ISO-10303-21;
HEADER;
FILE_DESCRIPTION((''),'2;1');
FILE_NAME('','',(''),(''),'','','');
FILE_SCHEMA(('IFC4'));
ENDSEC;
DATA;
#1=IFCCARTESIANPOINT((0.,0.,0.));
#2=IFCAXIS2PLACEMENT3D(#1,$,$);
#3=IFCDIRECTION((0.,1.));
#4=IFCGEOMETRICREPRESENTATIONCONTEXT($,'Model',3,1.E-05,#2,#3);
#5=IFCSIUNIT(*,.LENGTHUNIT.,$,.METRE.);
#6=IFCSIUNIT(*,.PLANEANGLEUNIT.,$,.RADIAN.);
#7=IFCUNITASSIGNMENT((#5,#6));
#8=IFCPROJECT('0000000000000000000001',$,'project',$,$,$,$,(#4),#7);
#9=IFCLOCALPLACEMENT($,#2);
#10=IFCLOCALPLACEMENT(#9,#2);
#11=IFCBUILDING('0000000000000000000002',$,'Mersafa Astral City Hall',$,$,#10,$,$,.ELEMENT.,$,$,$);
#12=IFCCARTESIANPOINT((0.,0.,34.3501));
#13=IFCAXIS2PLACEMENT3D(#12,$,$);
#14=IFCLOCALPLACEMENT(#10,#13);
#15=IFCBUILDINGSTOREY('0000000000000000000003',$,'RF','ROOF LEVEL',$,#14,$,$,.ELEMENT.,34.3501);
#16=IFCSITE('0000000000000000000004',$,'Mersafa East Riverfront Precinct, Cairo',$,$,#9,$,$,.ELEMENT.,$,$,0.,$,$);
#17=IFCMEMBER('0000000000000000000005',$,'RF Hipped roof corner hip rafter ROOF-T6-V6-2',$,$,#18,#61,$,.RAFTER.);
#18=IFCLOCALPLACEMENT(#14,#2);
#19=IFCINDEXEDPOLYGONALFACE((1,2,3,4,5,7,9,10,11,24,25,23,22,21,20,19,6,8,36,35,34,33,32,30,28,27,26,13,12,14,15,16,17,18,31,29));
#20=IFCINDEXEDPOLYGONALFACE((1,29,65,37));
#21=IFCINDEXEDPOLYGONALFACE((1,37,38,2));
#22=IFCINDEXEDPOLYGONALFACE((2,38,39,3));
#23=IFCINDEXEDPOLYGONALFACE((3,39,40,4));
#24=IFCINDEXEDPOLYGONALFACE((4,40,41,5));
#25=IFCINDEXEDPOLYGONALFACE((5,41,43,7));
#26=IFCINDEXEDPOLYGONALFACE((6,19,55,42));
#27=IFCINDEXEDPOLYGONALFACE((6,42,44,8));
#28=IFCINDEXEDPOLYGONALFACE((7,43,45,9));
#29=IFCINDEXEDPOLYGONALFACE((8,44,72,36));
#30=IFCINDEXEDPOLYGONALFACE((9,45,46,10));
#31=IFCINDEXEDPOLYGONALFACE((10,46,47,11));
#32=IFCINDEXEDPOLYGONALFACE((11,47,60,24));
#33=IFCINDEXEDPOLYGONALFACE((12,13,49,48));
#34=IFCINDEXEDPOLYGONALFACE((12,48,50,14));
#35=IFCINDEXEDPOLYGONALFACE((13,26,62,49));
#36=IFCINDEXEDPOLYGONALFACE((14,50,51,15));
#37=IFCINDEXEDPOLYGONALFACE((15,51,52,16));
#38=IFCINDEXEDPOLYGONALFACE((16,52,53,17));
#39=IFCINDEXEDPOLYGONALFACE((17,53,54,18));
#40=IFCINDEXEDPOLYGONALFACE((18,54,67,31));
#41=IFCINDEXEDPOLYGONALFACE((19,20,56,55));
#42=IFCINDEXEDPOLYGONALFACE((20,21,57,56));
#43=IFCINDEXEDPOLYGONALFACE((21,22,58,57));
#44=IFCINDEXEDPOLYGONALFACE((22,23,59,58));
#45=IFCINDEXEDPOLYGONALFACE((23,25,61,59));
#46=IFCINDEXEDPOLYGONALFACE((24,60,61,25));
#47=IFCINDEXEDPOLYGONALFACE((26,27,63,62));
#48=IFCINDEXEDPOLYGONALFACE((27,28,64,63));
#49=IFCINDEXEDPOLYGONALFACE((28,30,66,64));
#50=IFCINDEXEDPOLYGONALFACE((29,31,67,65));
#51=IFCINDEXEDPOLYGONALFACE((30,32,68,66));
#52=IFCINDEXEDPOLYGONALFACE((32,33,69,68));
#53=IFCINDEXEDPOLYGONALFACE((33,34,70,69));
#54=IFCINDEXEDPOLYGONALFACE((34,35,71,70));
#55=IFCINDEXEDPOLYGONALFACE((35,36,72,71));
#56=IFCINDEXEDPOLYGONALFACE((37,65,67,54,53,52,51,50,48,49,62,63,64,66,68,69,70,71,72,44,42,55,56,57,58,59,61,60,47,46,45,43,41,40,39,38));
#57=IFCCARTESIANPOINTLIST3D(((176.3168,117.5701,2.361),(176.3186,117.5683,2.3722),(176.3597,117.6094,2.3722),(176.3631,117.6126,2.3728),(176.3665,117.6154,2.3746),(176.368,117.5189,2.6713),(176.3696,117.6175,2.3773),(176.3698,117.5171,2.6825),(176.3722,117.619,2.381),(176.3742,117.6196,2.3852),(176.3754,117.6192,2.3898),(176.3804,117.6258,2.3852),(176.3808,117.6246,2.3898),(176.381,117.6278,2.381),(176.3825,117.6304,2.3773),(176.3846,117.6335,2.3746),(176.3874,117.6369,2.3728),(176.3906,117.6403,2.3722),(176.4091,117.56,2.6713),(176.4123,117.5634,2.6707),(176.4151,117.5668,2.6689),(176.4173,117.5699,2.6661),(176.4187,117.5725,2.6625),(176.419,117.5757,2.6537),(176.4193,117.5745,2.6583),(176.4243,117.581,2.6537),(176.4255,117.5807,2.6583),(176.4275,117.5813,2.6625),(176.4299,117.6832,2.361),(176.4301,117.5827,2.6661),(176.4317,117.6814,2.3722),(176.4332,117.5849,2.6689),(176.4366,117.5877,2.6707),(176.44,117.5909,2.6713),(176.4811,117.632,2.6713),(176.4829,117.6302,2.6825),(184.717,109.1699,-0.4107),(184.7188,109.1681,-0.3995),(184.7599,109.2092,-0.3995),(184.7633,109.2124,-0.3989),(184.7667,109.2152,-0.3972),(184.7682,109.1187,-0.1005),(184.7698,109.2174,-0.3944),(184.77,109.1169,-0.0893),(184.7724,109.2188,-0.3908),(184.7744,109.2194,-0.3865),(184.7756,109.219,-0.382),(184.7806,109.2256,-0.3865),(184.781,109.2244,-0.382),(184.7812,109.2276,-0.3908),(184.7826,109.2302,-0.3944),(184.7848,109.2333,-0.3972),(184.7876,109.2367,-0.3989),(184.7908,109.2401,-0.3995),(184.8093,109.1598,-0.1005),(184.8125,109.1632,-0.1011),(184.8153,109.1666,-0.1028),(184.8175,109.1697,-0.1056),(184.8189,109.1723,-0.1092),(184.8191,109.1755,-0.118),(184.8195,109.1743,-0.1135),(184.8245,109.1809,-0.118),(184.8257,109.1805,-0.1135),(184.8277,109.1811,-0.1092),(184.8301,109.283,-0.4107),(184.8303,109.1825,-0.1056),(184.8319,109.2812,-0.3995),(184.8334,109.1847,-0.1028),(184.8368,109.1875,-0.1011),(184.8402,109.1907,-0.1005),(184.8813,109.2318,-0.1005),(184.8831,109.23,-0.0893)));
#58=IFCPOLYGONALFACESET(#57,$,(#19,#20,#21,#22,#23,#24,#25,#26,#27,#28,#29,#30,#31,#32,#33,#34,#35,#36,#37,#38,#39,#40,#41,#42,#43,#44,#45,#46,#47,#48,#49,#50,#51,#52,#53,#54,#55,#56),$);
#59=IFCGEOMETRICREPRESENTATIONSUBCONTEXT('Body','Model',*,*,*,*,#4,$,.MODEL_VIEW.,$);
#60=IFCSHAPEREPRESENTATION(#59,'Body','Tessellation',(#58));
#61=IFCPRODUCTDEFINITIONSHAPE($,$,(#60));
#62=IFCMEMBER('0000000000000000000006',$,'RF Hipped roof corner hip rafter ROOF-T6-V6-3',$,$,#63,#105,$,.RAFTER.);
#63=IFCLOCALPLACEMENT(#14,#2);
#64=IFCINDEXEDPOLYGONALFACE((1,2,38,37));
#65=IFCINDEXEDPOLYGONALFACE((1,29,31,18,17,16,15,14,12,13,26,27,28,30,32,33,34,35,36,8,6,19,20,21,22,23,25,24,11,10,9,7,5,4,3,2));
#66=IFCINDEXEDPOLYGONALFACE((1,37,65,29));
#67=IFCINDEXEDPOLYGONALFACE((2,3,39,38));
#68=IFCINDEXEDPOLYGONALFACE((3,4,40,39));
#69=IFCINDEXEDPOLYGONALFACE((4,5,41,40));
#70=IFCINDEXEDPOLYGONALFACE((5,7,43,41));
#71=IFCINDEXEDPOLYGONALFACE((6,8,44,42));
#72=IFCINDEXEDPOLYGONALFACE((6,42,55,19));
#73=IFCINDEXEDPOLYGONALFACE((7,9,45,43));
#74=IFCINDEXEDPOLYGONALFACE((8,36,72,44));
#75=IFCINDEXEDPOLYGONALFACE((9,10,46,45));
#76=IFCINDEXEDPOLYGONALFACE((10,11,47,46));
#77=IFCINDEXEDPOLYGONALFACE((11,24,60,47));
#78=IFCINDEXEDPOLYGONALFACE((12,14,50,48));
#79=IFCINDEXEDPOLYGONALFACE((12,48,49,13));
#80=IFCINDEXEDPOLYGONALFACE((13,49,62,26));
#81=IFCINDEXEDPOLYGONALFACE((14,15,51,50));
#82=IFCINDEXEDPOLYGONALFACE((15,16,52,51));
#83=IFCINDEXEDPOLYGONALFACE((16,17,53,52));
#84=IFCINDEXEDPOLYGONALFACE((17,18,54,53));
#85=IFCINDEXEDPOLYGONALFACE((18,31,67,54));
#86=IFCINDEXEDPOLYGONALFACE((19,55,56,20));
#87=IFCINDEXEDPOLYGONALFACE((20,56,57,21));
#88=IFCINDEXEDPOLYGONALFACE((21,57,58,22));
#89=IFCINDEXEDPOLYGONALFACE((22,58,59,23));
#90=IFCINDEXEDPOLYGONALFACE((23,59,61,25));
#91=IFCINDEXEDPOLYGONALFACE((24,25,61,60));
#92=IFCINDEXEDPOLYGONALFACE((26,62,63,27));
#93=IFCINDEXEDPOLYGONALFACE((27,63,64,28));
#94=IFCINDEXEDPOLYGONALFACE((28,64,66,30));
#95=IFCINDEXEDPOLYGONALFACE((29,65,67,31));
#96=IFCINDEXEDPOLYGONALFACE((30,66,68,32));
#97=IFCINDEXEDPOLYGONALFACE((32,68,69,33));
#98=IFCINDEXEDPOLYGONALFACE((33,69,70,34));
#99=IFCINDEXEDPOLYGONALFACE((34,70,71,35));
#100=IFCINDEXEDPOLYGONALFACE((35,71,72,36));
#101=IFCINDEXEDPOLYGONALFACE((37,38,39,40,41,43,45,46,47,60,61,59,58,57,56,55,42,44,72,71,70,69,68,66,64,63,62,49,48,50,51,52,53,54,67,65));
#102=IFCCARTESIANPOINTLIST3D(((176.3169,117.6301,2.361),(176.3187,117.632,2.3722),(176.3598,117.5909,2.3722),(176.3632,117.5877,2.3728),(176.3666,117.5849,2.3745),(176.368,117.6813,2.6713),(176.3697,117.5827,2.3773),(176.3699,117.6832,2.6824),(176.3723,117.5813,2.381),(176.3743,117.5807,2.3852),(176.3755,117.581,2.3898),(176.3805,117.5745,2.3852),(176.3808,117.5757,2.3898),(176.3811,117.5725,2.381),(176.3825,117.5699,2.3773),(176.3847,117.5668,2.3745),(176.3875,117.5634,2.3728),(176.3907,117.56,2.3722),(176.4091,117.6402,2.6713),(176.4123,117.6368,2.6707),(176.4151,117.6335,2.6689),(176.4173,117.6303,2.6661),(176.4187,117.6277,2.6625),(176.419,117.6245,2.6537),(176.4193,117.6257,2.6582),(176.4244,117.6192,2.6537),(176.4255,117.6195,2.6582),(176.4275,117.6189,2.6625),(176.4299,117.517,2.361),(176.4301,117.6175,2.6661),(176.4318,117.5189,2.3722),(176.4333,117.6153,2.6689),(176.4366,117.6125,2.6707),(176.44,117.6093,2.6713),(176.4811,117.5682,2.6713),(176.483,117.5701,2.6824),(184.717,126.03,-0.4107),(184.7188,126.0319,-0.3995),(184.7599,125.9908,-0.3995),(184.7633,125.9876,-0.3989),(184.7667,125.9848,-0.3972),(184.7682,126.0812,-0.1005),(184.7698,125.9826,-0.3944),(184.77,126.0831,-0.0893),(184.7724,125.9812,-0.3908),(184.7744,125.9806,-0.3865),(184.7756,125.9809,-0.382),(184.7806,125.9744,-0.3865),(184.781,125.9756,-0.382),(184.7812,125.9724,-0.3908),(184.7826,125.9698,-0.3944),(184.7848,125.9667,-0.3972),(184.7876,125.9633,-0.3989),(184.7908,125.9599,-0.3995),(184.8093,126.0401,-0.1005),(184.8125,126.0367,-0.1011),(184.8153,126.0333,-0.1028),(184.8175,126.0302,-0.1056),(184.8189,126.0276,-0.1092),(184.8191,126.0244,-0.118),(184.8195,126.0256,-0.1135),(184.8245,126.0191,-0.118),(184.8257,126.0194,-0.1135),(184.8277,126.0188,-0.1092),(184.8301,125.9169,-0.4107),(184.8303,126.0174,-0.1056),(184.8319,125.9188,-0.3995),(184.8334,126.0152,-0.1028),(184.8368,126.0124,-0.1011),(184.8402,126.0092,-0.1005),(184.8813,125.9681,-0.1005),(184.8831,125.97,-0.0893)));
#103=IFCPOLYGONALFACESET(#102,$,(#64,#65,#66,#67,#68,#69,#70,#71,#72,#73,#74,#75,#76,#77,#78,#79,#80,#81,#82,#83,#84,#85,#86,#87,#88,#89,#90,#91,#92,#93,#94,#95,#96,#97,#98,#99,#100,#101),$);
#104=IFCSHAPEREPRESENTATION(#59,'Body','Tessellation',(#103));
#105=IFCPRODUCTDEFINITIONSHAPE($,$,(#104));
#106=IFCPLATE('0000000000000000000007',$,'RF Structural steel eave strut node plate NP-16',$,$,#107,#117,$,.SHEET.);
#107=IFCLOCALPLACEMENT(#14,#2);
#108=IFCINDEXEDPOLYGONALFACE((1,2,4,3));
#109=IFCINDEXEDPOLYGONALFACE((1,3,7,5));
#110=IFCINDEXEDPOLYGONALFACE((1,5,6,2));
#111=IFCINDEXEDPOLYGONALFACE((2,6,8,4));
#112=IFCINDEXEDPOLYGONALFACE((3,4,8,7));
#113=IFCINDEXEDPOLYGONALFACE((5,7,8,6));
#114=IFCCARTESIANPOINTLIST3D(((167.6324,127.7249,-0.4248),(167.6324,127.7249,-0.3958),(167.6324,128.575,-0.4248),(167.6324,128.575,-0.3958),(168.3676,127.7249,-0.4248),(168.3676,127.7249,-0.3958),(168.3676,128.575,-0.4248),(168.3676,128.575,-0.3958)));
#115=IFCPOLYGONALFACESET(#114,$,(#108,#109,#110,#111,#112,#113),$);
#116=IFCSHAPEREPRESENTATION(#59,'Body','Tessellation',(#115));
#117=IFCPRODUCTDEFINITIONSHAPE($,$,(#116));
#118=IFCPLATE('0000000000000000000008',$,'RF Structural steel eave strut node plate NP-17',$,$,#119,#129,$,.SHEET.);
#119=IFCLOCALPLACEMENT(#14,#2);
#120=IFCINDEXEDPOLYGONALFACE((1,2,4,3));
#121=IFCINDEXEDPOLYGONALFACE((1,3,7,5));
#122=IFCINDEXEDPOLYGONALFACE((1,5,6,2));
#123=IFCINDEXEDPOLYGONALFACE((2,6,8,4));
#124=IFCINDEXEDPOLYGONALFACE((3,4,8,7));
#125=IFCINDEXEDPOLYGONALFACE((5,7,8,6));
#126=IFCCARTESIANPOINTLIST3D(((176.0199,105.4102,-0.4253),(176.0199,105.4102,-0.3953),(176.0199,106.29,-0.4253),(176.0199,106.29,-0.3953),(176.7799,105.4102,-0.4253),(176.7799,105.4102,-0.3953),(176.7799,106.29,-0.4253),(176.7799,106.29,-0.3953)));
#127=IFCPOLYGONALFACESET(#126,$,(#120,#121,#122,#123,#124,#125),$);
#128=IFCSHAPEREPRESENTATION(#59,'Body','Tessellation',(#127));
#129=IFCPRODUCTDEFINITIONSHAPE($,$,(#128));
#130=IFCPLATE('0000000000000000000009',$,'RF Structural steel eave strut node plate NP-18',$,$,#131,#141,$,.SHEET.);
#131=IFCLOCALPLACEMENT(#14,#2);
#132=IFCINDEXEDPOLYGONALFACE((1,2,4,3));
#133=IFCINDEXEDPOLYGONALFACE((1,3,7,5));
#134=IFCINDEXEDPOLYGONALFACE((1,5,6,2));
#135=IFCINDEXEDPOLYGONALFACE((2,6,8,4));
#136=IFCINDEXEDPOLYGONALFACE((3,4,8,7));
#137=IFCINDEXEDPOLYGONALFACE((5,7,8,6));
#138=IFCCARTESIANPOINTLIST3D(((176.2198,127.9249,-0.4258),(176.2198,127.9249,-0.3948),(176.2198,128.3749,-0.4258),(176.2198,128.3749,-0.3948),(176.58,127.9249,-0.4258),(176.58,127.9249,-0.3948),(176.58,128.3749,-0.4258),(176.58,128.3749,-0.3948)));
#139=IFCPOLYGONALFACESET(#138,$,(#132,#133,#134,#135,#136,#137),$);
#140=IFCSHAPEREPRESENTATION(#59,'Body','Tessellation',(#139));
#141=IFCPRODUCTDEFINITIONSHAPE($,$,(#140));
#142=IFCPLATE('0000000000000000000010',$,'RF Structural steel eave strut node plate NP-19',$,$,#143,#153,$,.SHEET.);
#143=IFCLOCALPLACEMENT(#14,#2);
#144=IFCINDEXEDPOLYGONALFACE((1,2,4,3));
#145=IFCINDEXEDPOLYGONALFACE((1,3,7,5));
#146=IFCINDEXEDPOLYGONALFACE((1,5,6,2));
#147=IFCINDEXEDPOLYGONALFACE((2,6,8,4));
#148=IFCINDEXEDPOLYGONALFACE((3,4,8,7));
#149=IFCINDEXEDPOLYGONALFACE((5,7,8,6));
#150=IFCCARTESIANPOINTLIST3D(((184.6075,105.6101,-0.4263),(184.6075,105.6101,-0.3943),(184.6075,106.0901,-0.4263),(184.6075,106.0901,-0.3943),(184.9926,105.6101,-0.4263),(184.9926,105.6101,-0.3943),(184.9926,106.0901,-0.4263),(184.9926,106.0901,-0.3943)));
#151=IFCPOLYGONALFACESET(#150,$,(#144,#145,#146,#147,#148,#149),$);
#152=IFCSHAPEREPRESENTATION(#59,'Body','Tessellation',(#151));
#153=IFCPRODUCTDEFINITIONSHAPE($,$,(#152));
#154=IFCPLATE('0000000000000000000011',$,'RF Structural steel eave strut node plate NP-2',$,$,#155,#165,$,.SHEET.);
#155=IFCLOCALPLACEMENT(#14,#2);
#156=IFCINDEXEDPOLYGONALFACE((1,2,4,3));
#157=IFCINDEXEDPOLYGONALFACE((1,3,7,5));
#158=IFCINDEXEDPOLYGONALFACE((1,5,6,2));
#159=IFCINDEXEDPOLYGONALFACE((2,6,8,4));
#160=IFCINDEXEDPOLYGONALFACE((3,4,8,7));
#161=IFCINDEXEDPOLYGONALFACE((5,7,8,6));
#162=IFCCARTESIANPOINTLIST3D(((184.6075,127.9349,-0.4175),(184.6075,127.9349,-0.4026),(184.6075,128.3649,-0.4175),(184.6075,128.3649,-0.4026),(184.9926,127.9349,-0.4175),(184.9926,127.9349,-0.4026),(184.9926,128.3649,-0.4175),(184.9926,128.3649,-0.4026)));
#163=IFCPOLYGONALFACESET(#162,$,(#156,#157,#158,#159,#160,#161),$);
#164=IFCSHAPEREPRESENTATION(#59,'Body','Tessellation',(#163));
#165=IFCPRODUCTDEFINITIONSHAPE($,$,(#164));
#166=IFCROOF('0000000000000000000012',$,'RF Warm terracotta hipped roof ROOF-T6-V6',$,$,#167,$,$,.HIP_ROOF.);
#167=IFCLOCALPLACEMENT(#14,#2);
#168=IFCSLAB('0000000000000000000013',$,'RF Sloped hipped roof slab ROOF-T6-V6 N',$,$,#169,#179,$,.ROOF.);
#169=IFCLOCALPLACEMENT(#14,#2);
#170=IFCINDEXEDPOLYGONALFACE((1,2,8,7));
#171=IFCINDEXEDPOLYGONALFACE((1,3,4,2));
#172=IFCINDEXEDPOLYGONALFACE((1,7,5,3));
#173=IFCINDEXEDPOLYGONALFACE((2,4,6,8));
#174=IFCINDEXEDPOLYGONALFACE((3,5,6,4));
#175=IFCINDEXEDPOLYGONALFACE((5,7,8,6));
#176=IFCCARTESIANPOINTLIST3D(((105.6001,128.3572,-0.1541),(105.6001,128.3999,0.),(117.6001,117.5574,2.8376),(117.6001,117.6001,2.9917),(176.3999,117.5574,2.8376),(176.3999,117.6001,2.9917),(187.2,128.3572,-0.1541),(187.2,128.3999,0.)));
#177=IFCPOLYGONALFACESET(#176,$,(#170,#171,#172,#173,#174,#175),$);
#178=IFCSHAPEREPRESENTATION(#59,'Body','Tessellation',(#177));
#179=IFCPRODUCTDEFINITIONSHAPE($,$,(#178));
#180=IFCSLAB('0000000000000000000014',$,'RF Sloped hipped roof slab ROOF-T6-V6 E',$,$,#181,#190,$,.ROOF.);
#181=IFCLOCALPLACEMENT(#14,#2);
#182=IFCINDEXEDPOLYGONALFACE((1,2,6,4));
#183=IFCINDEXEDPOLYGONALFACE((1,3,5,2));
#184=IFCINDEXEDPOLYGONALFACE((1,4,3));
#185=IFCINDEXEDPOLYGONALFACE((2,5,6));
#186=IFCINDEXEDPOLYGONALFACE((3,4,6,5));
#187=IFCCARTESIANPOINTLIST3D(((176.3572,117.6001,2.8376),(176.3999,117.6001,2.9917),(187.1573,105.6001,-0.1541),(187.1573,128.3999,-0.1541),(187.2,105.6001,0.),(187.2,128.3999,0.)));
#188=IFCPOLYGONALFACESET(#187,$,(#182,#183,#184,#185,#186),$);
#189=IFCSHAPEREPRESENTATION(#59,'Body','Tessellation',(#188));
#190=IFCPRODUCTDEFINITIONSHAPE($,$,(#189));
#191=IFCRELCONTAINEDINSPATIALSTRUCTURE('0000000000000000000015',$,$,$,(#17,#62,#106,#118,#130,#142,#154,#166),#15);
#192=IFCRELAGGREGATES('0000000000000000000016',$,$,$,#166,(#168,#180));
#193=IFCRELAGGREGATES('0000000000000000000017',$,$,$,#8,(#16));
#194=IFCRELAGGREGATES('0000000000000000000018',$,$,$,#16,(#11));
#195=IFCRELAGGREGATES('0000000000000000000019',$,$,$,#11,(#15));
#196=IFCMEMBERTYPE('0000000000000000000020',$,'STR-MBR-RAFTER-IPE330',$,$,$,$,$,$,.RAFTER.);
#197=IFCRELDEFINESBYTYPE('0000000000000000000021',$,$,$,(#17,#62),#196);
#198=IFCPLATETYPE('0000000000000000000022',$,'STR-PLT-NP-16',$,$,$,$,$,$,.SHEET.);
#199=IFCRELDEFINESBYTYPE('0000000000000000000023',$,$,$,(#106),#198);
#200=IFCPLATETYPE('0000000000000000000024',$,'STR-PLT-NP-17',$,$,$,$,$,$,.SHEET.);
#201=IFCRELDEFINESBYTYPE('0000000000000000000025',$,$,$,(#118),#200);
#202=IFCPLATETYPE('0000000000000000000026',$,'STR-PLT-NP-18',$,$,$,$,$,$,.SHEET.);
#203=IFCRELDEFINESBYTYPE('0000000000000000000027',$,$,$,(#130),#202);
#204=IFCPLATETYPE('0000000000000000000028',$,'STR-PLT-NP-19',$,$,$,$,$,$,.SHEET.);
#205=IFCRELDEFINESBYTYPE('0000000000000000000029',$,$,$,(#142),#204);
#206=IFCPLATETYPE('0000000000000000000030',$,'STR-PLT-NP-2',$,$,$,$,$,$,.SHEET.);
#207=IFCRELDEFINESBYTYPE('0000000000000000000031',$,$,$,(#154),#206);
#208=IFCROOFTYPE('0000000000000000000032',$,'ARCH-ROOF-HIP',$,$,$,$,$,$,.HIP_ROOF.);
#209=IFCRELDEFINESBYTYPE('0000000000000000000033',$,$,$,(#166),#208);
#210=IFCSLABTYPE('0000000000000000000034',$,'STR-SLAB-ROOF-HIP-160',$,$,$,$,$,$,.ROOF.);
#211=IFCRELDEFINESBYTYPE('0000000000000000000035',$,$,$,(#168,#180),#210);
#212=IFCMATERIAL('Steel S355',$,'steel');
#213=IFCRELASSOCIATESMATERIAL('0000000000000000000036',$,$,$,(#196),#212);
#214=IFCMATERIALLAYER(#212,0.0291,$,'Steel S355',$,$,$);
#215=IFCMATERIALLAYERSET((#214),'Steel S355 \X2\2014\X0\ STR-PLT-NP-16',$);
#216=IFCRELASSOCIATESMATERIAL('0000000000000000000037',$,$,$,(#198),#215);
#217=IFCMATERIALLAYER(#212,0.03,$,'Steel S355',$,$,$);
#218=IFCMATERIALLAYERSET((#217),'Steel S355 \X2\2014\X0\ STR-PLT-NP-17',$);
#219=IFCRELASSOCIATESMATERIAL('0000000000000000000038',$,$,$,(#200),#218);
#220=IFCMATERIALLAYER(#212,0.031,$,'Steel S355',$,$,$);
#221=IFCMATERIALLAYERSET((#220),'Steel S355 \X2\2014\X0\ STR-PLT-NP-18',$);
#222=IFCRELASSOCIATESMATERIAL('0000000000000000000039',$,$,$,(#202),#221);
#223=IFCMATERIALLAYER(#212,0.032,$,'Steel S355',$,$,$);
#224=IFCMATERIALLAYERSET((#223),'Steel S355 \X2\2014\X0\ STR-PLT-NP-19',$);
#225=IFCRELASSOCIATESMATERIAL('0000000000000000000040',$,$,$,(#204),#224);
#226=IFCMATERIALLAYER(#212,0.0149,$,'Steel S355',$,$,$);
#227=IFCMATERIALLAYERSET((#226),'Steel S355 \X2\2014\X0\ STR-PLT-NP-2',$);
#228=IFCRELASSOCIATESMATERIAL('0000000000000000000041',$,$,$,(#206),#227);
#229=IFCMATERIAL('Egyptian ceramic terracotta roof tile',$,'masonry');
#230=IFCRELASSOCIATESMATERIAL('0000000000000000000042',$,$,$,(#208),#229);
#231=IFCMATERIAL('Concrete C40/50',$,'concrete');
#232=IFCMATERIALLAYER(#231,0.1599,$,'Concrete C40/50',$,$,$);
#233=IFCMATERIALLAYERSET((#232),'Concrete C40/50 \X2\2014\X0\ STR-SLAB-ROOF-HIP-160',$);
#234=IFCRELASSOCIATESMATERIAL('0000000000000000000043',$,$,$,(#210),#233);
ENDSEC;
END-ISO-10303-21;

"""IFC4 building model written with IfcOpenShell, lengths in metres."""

from ifc_helpers import new_model, si_unit, direction, frame, origin, origin_2d, place, context, subcontext, project, spatial, polyline, rectangle, i_section, outline, extrude, material, layer, layer_set, material_profile, profile_set, type_object, element, aggregate, save


model = new_model("IFC4")

# Units and contexts
model_context = context("Model", 3, precision=1e-05, world=origin(), true_north=direction((0.0, 1.0)))
body_context = subcontext(model_context, "Body", "Model", "MODEL_VIEW")
ifc_project = project(units=[si_unit("LENGTHUNIT", "METRE"), si_unit("PLANEANGLEUNIT", "RADIAN")], contexts=[model_context])

# Site, building, storey
site_placement = place(None, origin())
site = spatial("IfcSite", under=ifc_project, at=site_placement, Name="Mersafa East Riverfront Precinct, Cairo", CompositionType="ELEMENT", RefElevation=0.0)
building_placement = place(site_placement, origin())
building = spatial("IfcBuilding", under=site, at=building_placement, Name="Mersafa Astral City Hall", CompositionType="ELEMENT")
storey_placement = place(building_placement, frame((0.0, 0.0, 34.3501)))
storey = spatial("IfcBuildingStorey", under=building, at=storey_placement, Name="RF", Description="ROOF LEVEL", CompositionType="ELEMENT", Elevation=34.3501)

# Shared definitions
ifc_material_1 = material(Name="Steel S355", Category="steel")

# Members
ifc_material_profile_1 = material_profile(ifc_material_1, i_section(OverallWidth=0.1599, OverallDepth=0.3301, WebThickness=0.0076, FlangeThickness=0.0115, FilletRadius=0.0181, at=origin_2d()), Name="IPE 330")
ifc_profile_set_1 = profile_set([ifc_material_profile_1], Name="Steel S355")
member_type = type_object("IfcMemberType", Name="STR-MBR-RAFTER-IPE330", PredefinedType="RAFTER", material=ifc_profile_set_1)
member_1_placement = place(storey_placement, frame((184.8, 109.2, -0.25), z_axis=(-0.688612, 0.688612, 0.227216), x_axis=(-0.707107, -0.707107, 0.0)))
element("IfcMember", 1, at=member_1_placement, inside=storey, type_object=member_type, Name="RF Hipped roof corner hip rafter ROOF-T6-V6-2", PredefinedType="RAFTER", context=body_context, shape_type="SweptSolid", body=[
    extrude(i_section(OverallWidth=0.1599, OverallDepth=0.3301, WebThickness=0.0076, FlangeThickness=0.0115, FilletRadius=0.0181, at=origin_2d()), origin(), (0.0, 0.0, 1.0), 12.1987),
])
member_2_placement = place(storey_placement, frame((184.8, 126.0, -0.25), z_axis=(-0.688622, -0.688601, 0.227219), x_axis=(0.707097, -0.707117, 0.0)))
element("IfcMember", 2, at=member_2_placement, inside=storey, type_object=member_type, Name="RF Hipped roof corner hip rafter ROOF-T6-V6-3", PredefinedType="RAFTER", context=body_context, shape_type="SweptSolid", body=[
    extrude(i_section(OverallWidth=0.1599, OverallDepth=0.3301, WebThickness=0.0076, FlangeThickness=0.0115, FilletRadius=0.0181, at=origin_2d()), origin(), (0.0, 0.0, 1.0), 12.1985),
])

# Plates
ifc_layer_1 = layer(ifc_material_1, 0.0291, Name="Steel S355")
ifc_layer_set_1 = layer_set([ifc_layer_1], Name="Steel S355 — STR-PLT-NP-16")
plate_type_1 = type_object("IfcPlateType", Name="STR-PLT-NP-16", PredefinedType="SHEET", material=ifc_layer_set_1)
plate_1_placement = place(storey_placement, frame((168.0, 128.1499, -0.4248), z_axis=(0.0, 0.0, 1.0), x_axis=(1.0, 0.0, 0.0)))
element("IfcPlate", 3, at=plate_1_placement, inside=storey, type_object=plate_type_1, Name="RF Structural steel eave strut node plate NP-16", PredefinedType="SHEET", context=body_context, shape_type="SweptSolid", body=[
    extrude(rectangle(XDim=0.7351, YDim=0.8501, at=origin_2d()), origin(), (0.0, 0.0, 1.0), 0.0291),
])
ifc_layer_2 = layer(ifc_material_1, 0.03, Name="Steel S355")
ifc_layer_set_2 = layer_set([ifc_layer_2], Name="Steel S355 — STR-PLT-NP-17")
plate_type_2 = type_object("IfcPlateType", Name="STR-PLT-NP-17", PredefinedType="SHEET", material=ifc_layer_set_2)
plate_2_placement = place(storey_placement, frame((176.3999, 105.8501, -0.4253), z_axis=(0.0, 0.0, 1.0), x_axis=(1.0, 0.0, 0.0)))
element("IfcPlate", 4, at=plate_2_placement, inside=storey, type_object=plate_type_2, Name="RF Structural steel eave strut node plate NP-17", PredefinedType="SHEET", context=body_context, shape_type="SweptSolid", body=[
    extrude(rectangle(XDim=0.76, YDim=0.8799, at=origin_2d()), origin(), (0.0, 0.0, 1.0), 0.03),
])
ifc_layer_3 = layer(ifc_material_1, 0.031, Name="Steel S355")
ifc_layer_set_3 = layer_set([ifc_layer_3], Name="Steel S355 — STR-PLT-NP-18")
plate_type_3 = type_object("IfcPlateType", Name="STR-PLT-NP-18", PredefinedType="SHEET", material=ifc_layer_set_3)
plate_3_placement = place(storey_placement, frame((176.3999, 128.1499, -0.4258), z_axis=(0.0, 0.0, 1.0), x_axis=(1.0, 0.0, 0.0)))
element("IfcPlate", 5, at=plate_3_placement, inside=storey, type_object=plate_type_3, Name="RF Structural steel eave strut node plate NP-18", PredefinedType="SHEET", context=body_context, shape_type="SweptSolid", body=[
    extrude(rectangle(XDim=0.3601, YDim=0.45, at=origin_2d()), origin(), (0.0, 0.0, 1.0), 0.031),
])
ifc_layer_4 = layer(ifc_material_1, 0.032, Name="Steel S355")
ifc_layer_set_4 = layer_set([ifc_layer_4], Name="Steel S355 — STR-PLT-NP-19")
plate_type_4 = type_object("IfcPlateType", Name="STR-PLT-NP-19", PredefinedType="SHEET", material=ifc_layer_set_4)
plate_4_placement = place(storey_placement, frame((184.8, 105.8501, -0.4263), z_axis=(0.0, 0.0, 1.0), x_axis=(1.0, 0.0, 0.0)))
element("IfcPlate", 6, at=plate_4_placement, inside=storey, type_object=plate_type_4, Name="RF Structural steel eave strut node plate NP-19", PredefinedType="SHEET", context=body_context, shape_type="SweptSolid", body=[
    extrude(rectangle(XDim=0.385, YDim=0.48, at=origin_2d()), origin(), (0.0, 0.0, 1.0), 0.032),
])
ifc_layer_5 = layer(ifc_material_1, 0.0149, Name="Steel S355")
ifc_layer_set_5 = layer_set([ifc_layer_5], Name="Steel S355 — STR-PLT-NP-2")
plate_type_5 = type_object("IfcPlateType", Name="STR-PLT-NP-2", PredefinedType="SHEET", material=ifc_layer_set_5)
plate_5_placement = place(storey_placement, frame((184.8, 128.1499, -0.4175), z_axis=(0.0, 0.0, 1.0), x_axis=(1.0, 0.0, 0.0)))
element("IfcPlate", 7, at=plate_5_placement, inside=storey, type_object=plate_type_5, Name="RF Structural steel eave strut node plate NP-2", PredefinedType="SHEET", context=body_context, shape_type="SweptSolid", body=[
    extrude(rectangle(XDim=0.385, YDim=0.4299, at=origin_2d()), origin(), (0.0, 0.0, 1.0), 0.0149),
])

# Roof, slabs
ifc_material_2 = material(Name="Egyptian ceramic terracotta roof tile", Category="masonry")
roof_type = type_object("IfcRoofType", Name="ARCH-ROOF-HIP", PredefinedType="HIP_ROOF", material=ifc_material_2)
roof_placement = place(storey_placement, origin())
roof = element("IfcRoof", 8, at=roof_placement, inside=storey, type_object=roof_type, Name="RF Warm terracotta hipped roof ROOF-T6-V6", PredefinedType="HIP_ROOF")
ifc_material_3 = material(Name="Concrete C40/50", Category="concrete")
ifc_layer_6 = layer(ifc_material_3, 0.1599, Name="Concrete C40/50")
ifc_layer_set_6 = layer_set([ifc_layer_6], Name="Concrete C40/50 — STR-SLAB-ROOF-HIP-160")
slab_type = type_object("IfcSlabType", Name="STR-SLAB-ROOF-HIP-160", PredefinedType="ROOF", material=ifc_layer_set_6)
slab_1_placement = place(storey_placement, frame((187.2, 128.3999, 0.0), z_axis=(0.0, 0.266961, 0.963707), x_axis=(-1.0, 0.0, 0.0)))
slab_1 = element("IfcSlab", 9, at=slab_1_placement, type_object=slab_type, Name="RF Sloped hipped roof slab ROOF-T6-V6 N", PredefinedType="ROOF", context=body_context, shape_type="SweptSolid", body=[
    extrude(outline(polyline([(0.0, 0.0), (81.5999, 0.0), (69.5999, 11.2065), (10.8, 11.2065), (0.0, 0.0)])), origin(), (0.0, 0.0, -1.0), 0.1599),
])
slab_2_placement = place(storey_placement, frame((187.2, 105.6001, 0.0), z_axis=(0.266955, 0.0, 0.963709), x_axis=(0.0, 1.0, 0.0)))
slab_2 = element("IfcSlab", 10, at=slab_2_placement, type_object=slab_type, Name="RF Sloped hipped roof slab ROOF-T6-V6 E", PredefinedType="ROOF", context=body_context, shape_type="SweptSolid", body=[
    extrude(outline(polyline([(0.0, 0.0), (22.7998, 0.0), (12.0, 11.2068), (0.0, 0.0)])), origin(), (0.0, 0.0, -1.0), 0.1599),
])
aggregate(roof, [slab_1, slab_2])

save(model, "model.ifc")
